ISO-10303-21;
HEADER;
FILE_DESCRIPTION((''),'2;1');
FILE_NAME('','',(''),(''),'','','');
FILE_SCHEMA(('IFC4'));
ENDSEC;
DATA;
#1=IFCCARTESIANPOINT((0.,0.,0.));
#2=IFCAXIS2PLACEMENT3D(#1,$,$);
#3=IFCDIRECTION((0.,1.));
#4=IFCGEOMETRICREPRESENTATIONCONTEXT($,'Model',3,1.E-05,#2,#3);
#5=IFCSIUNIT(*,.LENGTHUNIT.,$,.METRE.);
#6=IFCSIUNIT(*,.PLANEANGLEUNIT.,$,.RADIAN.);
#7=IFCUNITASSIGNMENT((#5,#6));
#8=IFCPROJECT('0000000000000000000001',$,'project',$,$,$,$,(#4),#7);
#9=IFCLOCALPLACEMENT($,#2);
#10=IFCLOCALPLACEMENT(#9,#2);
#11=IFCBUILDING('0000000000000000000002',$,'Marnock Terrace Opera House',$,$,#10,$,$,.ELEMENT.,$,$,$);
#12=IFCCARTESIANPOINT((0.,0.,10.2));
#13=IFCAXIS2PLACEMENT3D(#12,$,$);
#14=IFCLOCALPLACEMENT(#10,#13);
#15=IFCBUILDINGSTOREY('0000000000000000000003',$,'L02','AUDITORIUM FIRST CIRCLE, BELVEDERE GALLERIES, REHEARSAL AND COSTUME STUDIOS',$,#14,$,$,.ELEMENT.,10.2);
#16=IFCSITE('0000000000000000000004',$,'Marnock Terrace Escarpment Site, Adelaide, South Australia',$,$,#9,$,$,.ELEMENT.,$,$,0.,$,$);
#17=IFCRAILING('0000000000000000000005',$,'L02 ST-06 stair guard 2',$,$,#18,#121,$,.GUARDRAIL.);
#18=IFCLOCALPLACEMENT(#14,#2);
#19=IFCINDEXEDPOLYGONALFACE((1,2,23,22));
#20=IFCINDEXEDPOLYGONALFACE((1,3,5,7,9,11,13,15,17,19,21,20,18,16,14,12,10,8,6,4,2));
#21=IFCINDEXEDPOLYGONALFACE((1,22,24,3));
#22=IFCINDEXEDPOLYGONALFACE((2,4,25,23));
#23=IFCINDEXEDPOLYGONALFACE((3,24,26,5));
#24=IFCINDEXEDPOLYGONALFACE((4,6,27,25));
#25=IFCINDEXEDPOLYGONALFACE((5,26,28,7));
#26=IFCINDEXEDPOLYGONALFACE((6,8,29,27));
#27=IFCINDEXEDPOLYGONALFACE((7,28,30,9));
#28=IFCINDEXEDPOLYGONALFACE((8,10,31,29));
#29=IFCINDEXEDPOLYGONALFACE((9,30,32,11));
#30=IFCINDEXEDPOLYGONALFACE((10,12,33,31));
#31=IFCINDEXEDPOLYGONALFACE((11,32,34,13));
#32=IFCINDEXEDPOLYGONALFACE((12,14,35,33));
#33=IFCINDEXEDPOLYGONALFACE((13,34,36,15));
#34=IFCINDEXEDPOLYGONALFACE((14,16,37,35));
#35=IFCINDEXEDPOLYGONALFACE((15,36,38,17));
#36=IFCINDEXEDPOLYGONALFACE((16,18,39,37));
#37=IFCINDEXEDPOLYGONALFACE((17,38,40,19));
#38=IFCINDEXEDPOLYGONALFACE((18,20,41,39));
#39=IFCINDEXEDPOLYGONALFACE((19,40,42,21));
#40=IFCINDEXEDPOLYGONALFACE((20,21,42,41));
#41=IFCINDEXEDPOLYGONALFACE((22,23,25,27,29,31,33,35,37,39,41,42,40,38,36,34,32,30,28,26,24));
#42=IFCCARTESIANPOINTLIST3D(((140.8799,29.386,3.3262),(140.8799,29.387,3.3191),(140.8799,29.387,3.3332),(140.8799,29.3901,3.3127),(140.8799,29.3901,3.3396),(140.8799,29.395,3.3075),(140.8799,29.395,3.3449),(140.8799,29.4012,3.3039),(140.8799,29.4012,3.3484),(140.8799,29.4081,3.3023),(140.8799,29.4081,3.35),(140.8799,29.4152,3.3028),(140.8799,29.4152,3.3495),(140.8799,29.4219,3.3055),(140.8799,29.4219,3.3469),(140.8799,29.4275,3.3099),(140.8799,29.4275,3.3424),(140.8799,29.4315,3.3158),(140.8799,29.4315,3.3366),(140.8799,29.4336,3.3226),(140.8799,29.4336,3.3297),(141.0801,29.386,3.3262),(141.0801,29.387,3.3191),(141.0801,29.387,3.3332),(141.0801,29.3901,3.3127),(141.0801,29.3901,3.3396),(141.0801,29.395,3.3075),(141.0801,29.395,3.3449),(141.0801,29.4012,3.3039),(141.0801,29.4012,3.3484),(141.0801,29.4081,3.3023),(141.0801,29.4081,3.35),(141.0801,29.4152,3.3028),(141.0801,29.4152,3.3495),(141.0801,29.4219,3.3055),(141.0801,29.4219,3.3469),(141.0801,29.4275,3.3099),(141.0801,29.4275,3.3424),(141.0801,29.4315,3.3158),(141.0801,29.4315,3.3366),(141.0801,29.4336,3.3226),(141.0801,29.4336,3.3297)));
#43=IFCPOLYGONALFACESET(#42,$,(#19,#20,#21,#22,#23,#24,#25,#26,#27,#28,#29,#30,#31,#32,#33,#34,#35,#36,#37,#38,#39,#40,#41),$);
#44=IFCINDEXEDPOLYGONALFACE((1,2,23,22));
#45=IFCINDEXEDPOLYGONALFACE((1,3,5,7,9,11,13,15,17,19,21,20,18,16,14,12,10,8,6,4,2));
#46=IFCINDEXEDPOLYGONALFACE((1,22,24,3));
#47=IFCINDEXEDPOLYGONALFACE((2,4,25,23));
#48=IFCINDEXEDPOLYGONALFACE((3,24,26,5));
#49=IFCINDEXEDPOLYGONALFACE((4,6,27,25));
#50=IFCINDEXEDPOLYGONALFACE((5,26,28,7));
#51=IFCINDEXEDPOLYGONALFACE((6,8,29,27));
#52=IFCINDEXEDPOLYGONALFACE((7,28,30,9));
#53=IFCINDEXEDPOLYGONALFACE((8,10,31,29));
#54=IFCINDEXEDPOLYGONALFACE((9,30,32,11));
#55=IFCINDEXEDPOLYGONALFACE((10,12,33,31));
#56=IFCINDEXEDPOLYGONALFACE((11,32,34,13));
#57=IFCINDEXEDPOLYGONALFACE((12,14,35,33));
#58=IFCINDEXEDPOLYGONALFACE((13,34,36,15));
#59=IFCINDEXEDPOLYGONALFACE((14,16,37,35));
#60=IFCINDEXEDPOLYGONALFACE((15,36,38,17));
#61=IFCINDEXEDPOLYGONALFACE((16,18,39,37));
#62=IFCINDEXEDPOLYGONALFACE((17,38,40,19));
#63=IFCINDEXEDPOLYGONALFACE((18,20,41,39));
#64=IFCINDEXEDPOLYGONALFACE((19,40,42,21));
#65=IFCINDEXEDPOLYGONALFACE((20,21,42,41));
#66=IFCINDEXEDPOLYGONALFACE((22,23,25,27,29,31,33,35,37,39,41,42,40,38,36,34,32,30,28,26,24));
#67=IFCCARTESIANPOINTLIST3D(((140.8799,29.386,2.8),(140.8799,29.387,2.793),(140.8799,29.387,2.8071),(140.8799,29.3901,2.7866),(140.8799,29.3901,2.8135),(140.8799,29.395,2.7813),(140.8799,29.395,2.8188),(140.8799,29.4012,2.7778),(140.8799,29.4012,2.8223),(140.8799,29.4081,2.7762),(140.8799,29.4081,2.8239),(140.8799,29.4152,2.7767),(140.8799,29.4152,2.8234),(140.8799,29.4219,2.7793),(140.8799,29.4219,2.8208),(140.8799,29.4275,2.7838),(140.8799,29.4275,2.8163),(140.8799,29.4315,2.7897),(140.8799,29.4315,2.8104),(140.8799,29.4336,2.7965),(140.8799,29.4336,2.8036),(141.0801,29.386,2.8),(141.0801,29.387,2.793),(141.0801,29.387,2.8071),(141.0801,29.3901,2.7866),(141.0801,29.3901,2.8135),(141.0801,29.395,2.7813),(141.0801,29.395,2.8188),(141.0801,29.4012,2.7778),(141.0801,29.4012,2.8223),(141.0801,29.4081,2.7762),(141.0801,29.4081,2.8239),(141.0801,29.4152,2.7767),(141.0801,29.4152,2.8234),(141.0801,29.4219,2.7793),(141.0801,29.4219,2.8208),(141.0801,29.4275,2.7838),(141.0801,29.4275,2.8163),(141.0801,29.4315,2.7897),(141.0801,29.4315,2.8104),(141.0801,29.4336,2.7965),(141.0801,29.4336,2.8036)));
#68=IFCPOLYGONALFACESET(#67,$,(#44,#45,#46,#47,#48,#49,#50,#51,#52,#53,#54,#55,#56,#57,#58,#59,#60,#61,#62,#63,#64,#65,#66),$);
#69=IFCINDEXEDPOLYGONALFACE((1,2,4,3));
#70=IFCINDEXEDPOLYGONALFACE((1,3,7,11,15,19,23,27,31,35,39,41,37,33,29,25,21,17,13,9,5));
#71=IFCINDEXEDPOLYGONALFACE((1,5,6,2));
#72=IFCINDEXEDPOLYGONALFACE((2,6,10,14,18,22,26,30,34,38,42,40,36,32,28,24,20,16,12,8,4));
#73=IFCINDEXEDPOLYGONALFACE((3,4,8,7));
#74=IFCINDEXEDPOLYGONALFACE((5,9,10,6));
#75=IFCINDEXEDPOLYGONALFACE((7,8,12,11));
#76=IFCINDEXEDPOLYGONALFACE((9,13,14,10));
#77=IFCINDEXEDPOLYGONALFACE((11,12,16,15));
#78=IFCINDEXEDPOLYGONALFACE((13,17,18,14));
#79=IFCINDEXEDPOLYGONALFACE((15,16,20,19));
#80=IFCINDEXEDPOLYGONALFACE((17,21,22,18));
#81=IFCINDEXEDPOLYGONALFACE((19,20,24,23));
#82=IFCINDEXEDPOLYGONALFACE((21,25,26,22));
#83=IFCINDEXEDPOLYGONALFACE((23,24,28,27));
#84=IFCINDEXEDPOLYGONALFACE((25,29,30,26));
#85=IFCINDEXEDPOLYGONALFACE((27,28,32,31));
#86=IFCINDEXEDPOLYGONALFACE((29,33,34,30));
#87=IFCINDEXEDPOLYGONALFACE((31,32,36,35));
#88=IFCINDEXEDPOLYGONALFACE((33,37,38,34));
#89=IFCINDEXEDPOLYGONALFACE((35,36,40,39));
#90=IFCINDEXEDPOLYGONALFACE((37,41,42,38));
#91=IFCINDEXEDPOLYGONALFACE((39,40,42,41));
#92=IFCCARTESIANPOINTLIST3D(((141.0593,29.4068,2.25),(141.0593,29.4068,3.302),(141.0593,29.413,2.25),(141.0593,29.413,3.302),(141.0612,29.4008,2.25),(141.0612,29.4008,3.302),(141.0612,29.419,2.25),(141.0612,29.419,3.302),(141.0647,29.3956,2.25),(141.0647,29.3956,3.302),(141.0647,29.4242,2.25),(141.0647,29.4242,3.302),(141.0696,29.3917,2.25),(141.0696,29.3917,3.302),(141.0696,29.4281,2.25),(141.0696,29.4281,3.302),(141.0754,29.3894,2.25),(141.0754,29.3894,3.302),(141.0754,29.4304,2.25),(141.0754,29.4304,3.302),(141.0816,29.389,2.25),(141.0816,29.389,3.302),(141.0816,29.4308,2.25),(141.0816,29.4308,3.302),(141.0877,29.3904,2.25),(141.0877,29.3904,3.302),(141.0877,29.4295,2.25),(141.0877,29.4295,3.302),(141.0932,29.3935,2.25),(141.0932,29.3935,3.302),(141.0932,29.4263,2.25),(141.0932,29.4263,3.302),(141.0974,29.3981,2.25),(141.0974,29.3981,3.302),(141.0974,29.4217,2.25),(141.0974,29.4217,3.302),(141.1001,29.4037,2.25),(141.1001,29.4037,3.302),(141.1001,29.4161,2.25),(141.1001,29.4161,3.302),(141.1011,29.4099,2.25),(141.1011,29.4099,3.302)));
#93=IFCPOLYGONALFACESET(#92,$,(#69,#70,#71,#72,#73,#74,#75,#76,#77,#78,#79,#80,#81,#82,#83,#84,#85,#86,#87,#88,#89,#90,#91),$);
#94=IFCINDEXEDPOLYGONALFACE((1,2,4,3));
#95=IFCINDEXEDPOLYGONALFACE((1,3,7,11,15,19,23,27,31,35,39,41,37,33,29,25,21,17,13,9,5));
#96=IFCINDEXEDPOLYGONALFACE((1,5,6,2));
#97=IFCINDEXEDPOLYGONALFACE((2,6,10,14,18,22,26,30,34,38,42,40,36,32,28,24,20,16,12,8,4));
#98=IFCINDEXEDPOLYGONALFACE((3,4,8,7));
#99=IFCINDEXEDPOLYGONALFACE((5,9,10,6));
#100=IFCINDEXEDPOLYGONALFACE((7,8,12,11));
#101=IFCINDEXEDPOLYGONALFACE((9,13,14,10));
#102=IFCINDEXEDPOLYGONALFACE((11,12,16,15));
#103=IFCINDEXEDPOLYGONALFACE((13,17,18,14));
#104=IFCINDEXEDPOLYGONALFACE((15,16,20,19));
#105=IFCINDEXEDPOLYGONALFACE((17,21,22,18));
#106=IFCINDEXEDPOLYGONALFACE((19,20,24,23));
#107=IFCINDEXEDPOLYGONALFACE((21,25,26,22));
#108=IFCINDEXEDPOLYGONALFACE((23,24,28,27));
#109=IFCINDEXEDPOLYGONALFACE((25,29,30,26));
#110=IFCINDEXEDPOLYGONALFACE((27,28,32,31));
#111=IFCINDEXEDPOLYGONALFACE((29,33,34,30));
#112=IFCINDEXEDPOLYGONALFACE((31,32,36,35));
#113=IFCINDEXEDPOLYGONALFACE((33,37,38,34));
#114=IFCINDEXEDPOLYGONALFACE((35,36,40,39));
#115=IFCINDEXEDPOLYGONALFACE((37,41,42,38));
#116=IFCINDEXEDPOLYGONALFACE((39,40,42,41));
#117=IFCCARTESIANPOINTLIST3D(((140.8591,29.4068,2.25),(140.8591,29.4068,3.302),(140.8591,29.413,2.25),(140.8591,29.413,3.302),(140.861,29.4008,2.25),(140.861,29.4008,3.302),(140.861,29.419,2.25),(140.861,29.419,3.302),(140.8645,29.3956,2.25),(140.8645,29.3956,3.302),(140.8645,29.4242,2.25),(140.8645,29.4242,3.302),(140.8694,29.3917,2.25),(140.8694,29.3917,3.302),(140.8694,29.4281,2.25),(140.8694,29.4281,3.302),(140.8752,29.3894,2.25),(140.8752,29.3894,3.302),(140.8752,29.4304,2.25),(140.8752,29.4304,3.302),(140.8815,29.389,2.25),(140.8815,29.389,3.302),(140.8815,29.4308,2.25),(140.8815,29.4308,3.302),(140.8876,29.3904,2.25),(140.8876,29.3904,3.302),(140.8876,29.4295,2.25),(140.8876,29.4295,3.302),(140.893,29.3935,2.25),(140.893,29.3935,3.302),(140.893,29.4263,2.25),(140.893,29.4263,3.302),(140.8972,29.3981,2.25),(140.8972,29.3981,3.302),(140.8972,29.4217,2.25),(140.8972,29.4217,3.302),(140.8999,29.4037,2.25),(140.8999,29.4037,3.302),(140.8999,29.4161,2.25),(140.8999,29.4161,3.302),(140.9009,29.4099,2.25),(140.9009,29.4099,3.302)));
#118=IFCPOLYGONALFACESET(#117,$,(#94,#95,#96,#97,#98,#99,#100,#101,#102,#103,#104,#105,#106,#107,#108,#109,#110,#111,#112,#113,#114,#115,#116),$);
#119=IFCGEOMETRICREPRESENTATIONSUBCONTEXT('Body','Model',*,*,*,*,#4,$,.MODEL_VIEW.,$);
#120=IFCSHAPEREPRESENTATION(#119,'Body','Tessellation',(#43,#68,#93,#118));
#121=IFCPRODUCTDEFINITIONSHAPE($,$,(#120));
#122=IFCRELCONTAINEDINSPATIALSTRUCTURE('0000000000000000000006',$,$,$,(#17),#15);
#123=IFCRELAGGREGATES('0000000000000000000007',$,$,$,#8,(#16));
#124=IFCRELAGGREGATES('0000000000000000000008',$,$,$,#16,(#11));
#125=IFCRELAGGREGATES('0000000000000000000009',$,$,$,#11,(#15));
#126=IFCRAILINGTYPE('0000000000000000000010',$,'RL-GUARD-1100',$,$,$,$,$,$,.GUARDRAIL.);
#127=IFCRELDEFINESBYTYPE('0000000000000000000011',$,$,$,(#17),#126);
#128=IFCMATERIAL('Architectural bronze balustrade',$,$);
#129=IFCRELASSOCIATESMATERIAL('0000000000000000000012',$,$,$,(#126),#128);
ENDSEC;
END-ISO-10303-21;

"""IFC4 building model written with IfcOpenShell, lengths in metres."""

from ifc_helpers import new_model, si_unit, direction, frame, origin, origin_2d, place, context, subcontext, project, spatial, circle, extrude, material, type_object, element, save


model = new_model("IFC4")

# Units and contexts
model_context = context("Model", 3, precision=1e-05, world=origin(), true_north=direction((0.0, 1.0)))
body_context = subcontext(model_context, "Body", "Model", "MODEL_VIEW")
ifc_project = project(units=[si_unit("LENGTHUNIT", "METRE"), si_unit("PLANEANGLEUNIT", "RADIAN")], contexts=[model_context])

# Site, building, storey
site_placement = place(None, origin())
site = spatial("IfcSite", under=ifc_project, at=site_placement, Name="Marnock Terrace Escarpment Site, Adelaide, South Australia", CompositionType="ELEMENT", RefElevation=0.0)
building_placement = place(site_placement, origin())
building = spatial("IfcBuilding", under=site, at=building_placement, Name="Marnock Terrace Opera House", CompositionType="ELEMENT")
storey_placement = place(building_placement, frame((0.0, 0.0, 10.2)))
storey = spatial("IfcBuildingStorey", under=building, at=storey_placement, Name="L02", Description="AUDITORIUM FIRST CIRCLE, BELVEDERE GALLERIES, REHEARSAL AND COSTUME STUDIOS", CompositionType="ELEMENT", Elevation=10.2)

# Railing
ifc_material_1 = material(Name="Architectural bronze balustrade")
railing_type_1 = type_object("IfcRailingType", Name="RL-GUARD-1100", PredefinedType="GUARDRAIL", material=ifc_material_1)
railing_1_placement = place(storey_placement, frame((141.0801, 29.4099, 2.25)))
element("IfcRailing", 1, at=railing_1_placement, inside=storey, type_object=railing_type_1, Name="L02 ST-06 stair guard 2", PredefinedType="GUARDRAIL", context=body_context, shape_type="SweptSolid", body=[
    extrude(circle(Radius=0.0239, at=origin_2d()), frame((0.0, 0.0, 1.0762), z_axis=(-1.0, 0.0, 0.0), x_axis=(0.0, -1.0, 0.0)), (0.0, 0.0, 1.0), 0.2002),
    extrude(circle(Radius=0.0239, at=origin_2d()), frame((0.0, 0.0, 0.55), z_axis=(-1.0, 0.0, 0.0), x_axis=(0.0, -1.0, 0.0)), (0.0, 0.0, 1.0), 0.2002),
    extrude(circle(Radius=0.021, at=origin_2d()), origin(), (0.0, 0.0, 1.0), 1.052),
    extrude(circle(Radius=0.021, at=origin_2d()), frame((-0.2002, 0.0, 0.0)), (0.0, 0.0, 1.0), 1.052),
])

save(model, "model.ifc")
